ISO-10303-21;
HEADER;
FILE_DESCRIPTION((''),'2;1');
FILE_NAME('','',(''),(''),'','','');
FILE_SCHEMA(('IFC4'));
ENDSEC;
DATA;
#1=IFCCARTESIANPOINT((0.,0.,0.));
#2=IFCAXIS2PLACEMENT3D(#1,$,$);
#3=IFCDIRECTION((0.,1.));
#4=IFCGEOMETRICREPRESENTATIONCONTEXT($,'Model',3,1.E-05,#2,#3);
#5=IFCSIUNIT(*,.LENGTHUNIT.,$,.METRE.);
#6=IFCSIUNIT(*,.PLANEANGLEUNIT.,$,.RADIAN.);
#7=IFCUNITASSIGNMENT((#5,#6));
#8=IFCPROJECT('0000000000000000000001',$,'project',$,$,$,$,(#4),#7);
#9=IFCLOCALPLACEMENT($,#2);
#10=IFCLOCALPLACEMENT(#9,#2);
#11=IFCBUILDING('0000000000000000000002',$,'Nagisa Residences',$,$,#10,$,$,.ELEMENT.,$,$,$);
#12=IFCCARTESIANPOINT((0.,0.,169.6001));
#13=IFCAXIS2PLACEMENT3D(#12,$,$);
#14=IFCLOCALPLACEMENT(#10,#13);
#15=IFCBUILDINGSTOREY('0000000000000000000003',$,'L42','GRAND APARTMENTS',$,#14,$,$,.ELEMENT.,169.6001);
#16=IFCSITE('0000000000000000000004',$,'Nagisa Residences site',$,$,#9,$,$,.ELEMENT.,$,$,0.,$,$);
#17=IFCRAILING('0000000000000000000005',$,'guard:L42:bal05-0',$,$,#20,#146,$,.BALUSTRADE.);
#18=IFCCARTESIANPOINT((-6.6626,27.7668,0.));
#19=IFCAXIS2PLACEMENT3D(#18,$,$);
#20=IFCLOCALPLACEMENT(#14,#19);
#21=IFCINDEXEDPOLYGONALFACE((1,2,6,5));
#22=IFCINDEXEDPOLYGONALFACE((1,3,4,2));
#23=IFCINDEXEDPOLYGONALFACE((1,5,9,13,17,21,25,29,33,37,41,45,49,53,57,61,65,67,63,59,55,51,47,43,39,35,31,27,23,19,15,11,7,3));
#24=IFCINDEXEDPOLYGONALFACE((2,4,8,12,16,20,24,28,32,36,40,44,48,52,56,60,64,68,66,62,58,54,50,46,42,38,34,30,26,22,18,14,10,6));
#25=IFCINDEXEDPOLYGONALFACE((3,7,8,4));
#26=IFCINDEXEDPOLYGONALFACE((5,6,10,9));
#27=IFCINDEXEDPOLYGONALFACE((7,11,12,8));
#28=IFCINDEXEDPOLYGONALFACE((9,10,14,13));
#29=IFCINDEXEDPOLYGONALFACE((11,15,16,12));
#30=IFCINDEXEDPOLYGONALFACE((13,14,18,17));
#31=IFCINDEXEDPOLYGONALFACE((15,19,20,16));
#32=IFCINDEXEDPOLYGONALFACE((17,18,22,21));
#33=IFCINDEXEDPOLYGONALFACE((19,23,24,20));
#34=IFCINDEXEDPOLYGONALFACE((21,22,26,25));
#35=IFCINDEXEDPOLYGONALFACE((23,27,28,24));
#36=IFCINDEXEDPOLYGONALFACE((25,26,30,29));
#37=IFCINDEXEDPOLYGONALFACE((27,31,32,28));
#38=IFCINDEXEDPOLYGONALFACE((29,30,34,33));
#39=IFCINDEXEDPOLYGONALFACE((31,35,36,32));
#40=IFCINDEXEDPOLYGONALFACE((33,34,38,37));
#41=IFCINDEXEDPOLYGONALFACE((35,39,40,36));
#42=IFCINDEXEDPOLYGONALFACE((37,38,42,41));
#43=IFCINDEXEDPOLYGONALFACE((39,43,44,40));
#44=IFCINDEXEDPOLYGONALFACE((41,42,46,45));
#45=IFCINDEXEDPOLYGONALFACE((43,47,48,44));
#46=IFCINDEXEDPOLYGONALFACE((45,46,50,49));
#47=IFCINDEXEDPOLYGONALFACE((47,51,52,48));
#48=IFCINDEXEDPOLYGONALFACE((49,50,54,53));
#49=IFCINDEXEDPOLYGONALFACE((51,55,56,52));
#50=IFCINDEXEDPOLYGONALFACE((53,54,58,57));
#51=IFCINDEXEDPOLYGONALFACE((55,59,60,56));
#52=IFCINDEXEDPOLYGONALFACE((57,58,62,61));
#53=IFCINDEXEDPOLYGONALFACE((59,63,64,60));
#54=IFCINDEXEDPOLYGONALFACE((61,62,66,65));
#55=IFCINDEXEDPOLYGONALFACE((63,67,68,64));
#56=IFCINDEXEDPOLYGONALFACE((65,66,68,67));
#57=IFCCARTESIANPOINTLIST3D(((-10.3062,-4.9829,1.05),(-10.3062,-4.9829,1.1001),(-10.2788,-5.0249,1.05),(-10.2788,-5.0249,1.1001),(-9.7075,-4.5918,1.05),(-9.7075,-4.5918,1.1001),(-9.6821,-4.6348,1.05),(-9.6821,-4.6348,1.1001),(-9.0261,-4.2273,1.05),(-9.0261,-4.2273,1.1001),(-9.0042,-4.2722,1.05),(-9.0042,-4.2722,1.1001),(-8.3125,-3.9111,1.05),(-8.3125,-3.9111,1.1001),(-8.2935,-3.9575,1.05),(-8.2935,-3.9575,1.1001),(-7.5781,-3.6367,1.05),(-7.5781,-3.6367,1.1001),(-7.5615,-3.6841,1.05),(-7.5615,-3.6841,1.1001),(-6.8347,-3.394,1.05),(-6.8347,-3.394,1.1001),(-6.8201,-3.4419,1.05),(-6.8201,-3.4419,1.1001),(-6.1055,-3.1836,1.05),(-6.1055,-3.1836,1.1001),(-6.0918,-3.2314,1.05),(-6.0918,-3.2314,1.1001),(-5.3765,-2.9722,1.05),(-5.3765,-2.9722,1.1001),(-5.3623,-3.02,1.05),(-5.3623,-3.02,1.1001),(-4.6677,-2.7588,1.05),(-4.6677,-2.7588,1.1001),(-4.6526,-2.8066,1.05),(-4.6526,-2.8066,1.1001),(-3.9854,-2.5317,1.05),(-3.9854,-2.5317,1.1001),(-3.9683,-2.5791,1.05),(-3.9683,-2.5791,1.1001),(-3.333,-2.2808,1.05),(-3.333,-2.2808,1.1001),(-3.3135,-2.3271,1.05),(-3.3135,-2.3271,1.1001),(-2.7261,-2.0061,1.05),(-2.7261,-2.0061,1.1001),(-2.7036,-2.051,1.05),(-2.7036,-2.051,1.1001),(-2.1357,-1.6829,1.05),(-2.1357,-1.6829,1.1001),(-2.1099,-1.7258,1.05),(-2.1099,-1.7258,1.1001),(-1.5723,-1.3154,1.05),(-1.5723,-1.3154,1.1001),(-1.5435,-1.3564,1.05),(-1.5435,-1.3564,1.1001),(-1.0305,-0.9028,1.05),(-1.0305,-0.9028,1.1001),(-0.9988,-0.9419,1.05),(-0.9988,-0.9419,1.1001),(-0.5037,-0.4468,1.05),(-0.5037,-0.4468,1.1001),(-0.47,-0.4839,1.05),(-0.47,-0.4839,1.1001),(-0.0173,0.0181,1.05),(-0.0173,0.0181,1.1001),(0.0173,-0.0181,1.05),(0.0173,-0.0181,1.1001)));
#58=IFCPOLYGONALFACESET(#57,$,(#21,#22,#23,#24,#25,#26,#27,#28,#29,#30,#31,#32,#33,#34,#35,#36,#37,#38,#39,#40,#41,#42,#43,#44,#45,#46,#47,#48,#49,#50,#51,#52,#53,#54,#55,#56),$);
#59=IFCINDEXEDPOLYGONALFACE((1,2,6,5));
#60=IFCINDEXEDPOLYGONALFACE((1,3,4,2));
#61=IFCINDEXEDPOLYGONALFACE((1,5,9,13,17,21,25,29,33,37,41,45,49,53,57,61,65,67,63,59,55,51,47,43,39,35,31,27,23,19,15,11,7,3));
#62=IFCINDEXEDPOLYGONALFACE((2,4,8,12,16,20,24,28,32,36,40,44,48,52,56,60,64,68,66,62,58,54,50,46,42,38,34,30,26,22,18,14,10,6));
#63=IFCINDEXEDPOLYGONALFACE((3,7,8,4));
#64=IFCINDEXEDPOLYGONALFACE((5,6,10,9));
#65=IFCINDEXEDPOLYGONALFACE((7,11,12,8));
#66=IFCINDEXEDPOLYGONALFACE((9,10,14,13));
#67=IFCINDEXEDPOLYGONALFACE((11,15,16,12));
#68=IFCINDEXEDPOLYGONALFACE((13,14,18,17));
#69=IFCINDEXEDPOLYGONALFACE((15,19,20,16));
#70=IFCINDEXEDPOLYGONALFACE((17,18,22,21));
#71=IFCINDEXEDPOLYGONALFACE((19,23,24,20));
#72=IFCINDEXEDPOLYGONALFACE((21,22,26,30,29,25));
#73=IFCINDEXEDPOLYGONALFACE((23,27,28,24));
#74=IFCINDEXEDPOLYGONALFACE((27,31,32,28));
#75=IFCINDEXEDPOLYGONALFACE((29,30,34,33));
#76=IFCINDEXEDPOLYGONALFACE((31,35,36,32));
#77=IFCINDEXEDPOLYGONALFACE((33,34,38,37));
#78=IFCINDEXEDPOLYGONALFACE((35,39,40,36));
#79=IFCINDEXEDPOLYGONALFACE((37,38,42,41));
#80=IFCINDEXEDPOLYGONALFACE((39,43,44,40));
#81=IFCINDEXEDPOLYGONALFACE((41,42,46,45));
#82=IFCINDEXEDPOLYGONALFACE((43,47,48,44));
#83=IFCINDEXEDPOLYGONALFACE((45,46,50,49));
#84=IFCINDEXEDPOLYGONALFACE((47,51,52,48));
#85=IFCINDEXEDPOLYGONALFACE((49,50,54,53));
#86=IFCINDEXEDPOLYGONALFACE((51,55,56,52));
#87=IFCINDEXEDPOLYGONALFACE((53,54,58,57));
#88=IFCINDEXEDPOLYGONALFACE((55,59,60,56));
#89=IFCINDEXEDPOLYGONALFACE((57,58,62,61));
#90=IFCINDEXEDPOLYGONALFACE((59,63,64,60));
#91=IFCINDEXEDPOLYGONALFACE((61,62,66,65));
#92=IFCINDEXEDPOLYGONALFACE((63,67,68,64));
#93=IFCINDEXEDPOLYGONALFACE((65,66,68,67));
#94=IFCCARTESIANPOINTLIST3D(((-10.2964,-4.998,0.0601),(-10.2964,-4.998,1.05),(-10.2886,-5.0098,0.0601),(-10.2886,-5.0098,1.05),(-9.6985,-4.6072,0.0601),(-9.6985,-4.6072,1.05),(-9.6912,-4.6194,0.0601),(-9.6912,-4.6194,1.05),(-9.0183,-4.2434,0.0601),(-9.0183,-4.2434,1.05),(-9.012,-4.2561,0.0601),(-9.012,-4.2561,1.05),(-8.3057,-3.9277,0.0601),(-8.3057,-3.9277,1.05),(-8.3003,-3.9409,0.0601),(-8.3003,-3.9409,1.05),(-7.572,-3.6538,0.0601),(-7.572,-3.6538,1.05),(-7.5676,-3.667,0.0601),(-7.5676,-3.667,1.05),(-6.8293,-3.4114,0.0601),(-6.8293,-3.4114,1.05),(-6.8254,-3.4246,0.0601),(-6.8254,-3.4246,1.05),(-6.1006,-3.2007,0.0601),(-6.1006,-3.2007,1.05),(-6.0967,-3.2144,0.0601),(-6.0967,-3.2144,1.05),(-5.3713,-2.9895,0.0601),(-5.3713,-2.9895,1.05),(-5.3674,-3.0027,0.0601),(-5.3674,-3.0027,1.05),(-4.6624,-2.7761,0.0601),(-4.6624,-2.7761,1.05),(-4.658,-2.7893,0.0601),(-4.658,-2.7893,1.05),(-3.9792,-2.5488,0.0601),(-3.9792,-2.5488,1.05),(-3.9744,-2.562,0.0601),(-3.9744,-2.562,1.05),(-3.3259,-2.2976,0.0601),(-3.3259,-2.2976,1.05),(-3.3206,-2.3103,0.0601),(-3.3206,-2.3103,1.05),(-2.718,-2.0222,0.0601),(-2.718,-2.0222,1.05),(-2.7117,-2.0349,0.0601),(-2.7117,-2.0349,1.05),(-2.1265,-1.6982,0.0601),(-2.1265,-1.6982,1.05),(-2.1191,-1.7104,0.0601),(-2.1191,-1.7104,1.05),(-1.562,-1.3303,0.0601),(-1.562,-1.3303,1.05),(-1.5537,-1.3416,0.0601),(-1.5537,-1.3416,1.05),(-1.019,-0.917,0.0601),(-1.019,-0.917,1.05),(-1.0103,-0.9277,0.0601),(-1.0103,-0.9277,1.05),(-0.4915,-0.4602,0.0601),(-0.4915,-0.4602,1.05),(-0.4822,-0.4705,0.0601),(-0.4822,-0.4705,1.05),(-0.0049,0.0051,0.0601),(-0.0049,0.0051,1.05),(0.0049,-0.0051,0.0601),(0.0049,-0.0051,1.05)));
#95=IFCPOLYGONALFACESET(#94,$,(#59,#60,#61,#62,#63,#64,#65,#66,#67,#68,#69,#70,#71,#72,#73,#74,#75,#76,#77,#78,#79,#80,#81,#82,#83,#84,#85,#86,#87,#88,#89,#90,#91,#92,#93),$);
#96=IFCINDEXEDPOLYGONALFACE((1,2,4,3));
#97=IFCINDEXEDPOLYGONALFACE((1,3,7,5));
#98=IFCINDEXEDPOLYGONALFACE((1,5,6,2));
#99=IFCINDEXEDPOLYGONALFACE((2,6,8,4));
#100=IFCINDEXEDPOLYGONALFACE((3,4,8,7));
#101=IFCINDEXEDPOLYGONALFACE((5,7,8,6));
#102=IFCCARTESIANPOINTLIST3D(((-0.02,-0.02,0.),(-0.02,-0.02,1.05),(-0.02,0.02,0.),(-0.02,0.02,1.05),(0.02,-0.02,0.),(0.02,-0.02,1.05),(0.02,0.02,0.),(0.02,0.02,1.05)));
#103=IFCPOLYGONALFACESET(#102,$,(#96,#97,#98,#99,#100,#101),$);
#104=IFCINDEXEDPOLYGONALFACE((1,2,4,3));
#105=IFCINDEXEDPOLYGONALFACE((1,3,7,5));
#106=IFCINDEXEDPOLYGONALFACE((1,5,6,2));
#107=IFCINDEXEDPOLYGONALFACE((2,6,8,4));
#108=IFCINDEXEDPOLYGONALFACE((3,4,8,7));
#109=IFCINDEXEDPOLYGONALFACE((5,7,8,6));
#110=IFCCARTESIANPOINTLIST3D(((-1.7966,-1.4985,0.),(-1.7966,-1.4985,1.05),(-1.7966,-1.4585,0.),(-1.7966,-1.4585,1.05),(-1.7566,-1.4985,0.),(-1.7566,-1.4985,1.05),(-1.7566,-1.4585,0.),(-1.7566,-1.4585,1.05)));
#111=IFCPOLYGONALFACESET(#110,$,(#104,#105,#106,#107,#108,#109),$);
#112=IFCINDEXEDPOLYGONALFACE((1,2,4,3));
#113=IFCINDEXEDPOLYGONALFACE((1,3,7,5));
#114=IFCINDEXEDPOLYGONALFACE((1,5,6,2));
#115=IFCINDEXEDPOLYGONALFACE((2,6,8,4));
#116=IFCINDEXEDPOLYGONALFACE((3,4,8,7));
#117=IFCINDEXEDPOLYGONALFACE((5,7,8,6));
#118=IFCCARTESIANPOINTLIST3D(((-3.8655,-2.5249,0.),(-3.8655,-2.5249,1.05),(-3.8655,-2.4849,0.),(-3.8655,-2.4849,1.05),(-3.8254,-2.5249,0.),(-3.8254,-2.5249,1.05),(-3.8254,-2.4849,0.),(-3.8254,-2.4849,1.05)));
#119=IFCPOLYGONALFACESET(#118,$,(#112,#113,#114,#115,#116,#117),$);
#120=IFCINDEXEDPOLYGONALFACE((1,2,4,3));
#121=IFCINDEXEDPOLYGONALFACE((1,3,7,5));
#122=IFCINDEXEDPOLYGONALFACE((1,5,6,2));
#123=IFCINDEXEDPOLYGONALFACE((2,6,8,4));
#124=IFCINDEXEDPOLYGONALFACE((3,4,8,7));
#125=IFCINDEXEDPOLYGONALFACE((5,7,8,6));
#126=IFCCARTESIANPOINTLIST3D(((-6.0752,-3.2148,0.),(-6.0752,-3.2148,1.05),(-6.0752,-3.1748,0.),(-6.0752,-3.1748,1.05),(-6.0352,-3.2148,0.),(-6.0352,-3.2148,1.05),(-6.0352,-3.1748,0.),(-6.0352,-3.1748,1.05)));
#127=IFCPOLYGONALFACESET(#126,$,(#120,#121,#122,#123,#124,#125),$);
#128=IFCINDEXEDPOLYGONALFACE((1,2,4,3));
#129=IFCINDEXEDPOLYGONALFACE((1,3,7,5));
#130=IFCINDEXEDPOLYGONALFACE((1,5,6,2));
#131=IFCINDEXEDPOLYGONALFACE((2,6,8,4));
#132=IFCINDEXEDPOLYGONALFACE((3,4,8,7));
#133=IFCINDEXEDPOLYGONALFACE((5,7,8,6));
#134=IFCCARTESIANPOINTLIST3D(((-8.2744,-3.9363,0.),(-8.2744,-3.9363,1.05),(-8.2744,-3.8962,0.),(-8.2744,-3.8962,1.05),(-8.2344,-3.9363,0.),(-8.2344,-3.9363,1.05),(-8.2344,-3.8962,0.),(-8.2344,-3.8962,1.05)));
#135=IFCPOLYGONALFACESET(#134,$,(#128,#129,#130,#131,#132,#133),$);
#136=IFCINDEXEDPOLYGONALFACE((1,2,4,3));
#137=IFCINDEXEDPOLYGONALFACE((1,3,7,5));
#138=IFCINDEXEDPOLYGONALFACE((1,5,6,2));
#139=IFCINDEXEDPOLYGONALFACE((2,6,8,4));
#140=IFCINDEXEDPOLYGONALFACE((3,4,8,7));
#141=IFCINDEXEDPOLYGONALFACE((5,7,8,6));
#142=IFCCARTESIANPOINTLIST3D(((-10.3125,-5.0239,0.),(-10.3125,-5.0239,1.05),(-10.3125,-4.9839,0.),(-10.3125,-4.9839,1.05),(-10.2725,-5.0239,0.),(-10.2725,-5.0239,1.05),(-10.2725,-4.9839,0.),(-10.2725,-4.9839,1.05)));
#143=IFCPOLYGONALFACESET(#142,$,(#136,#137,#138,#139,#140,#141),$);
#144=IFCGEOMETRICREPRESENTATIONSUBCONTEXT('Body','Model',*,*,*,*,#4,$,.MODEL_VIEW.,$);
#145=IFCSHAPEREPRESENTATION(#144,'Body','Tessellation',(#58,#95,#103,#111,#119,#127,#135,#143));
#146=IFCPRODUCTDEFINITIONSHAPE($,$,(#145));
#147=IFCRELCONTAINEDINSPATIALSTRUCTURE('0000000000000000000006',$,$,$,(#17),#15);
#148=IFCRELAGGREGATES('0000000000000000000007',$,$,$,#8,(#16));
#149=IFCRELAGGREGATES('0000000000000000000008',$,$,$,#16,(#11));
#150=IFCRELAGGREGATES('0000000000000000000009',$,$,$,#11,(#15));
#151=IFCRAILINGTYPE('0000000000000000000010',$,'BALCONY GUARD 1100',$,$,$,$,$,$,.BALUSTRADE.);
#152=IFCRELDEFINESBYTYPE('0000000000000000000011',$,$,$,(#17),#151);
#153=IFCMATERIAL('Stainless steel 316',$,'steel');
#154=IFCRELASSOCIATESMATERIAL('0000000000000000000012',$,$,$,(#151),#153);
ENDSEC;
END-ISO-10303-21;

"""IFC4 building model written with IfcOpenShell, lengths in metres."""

from ifc_helpers import new_model, si_unit, direction, frame, origin, origin_2d, place, context, subcontext, project, spatial, polyline, rectangle, outline, extrude, material, type_object, element, save


model = new_model("IFC4")

# Units and contexts
model_context = context("Model", 3, precision=1e-05, world=origin(), true_north=direction((0.0, 1.0)))
body_context = subcontext(model_context, "Body", "Model", "MODEL_VIEW")
ifc_project = project(units=[si_unit("LENGTHUNIT", "METRE"), si_unit("PLANEANGLEUNIT", "RADIAN")], contexts=[model_context])

# Site, building, storey
site_placement = place(None, origin())
site = spatial("IfcSite", under=ifc_project, at=site_placement, Name="Nagisa Residences site", CompositionType="ELEMENT", RefElevation=0.0)
building_placement = place(site_placement, origin())
building = spatial("IfcBuilding", under=site, at=building_placement, Name="Nagisa Residences", CompositionType="ELEMENT")
storey_placement = place(building_placement, frame((0.0, 0.0, 169.6001)))
storey = spatial("IfcBuildingStorey", under=building, at=storey_placement, Name="L42", Description="GRAND APARTMENTS", CompositionType="ELEMENT", Elevation=169.6001)

# Railing
ifc_material_1 = material(Name="Stainless steel 316", Category="steel")
railing_type = type_object("IfcRailingType", Name="BALCONY GUARD 1100", PredefinedType="BALUSTRADE", material=ifc_material_1)
railing_placement = place(storey_placement, frame((-6.6626, 27.7668, 0.0)))
element("IfcRailing", 1, at=railing_placement, inside=storey, type_object=railing_type, Name="guard:L42:bal05-0", PredefinedType="BALUSTRADE", context=body_context, shape_type="SweptSolid", body=[
    extrude(outline(polyline([(-0.47, -0.4839), (0.0173, -0.0181), (-0.0173, 0.0181), (-0.5037, -0.4468), (-1.0305, -0.9028), (-1.5723, -1.3154), (-2.1357, -1.6829), (-2.7261, -2.0061), (-3.333, -2.2808), (-3.9854, -2.5317), (-4.6677, -2.7588), (-5.3765, -2.9722), (-6.1055, -3.1836), (-6.8347, -3.394), (-7.5781, -3.6367), (-8.3125, -3.9111), (-9.0261, -4.2273), (-9.7075, -4.5918), (-10.3062, -4.9829), (-10.2788, -5.0249), (-9.6821, -4.6348), (-9.0042, -4.2722), (-8.2935, -3.9575), (-7.5615, -3.6841), (-6.8201, -3.4419), (-6.0918, -3.2314), (-5.3623, -3.02), (-4.6526, -2.8066), (-3.9683, -2.5791), (-3.3135, -2.3271), (-2.7036, -2.051), (-2.1099, -1.7258), (-1.5435, -1.3564), (-0.9988, -0.9419), (-0.47, -0.4839)])), frame((0.0, 0.0, 1.05)), (0.0, 0.0, 1.0), 0.05),
    extrude(outline(polyline([(-0.4822, -0.4705), (0.0049, -0.0051), (-0.0049, 0.0051), (-0.4915, -0.4602), (-1.019, -0.917), (-1.562, -1.3303), (-2.1265, -1.6982), (-2.718, -2.0222), (-3.3259, -2.2976), (-3.9792, -2.5488), (-4.6624, -2.7761), (-5.3713, -2.9895), (-6.1006, -3.2007), (-6.8293, -3.4114), (-7.572, -3.6538), (-8.3057, -3.9277), (-9.0183, -4.2434), (-9.6985, -4.6072), (-10.2964, -4.998), (-10.2886, -5.0098), (-9.6912, -4.6194), (-9.012, -4.2561), (-8.3003, -3.9409), (-7.5676, -3.667), (-6.8254, -3.4246), (-6.0967, -3.2144), (-5.3674, -3.0027), (-4.658, -2.7893), (-3.9744, -2.562), (-3.3206, -2.3103), (-2.7117, -2.0349), (-2.1191, -1.7104), (-1.5537, -1.3416), (-1.0103, -0.9277), (-0.4822, -0.4705)])), frame((0.0, 0.0, 0.0601)), (0.0, 0.0, 1.0), 0.99),
    extrude(rectangle(XDim=0.04, YDim=0.04, at=origin_2d()), origin(), (0.0, 0.0, 1.0), 1.05),
    extrude(rectangle(XDim=0.04, YDim=0.04, at=origin_2d()), frame((-1.7766, -1.4785, 0.0)), (0.0, 0.0, 1.0), 1.05),
    extrude(rectangle(XDim=0.04, YDim=0.04, at=origin_2d()), frame((-3.8455, -2.5049, 0.0)), (0.0, 0.0, 1.0), 1.05),
    extrude(rectangle(XDim=0.04, YDim=0.04, at=origin_2d()), frame((-6.0552, -3.1948, 0.0)), (0.0, 0.0, 1.0), 1.05),
    extrude(rectangle(XDim=0.04, YDim=0.04, at=origin_2d()), frame((-8.2544, -3.9163, 0.0)), (0.0, 0.0, 1.0), 1.05),
    extrude(rectangle(XDim=0.04, YDim=0.04, at=origin_2d()), frame((-10.2925, -5.0039, 0.0)), (0.0, 0.0, 1.0), 1.05),
])

save(model, "model.ifc")
